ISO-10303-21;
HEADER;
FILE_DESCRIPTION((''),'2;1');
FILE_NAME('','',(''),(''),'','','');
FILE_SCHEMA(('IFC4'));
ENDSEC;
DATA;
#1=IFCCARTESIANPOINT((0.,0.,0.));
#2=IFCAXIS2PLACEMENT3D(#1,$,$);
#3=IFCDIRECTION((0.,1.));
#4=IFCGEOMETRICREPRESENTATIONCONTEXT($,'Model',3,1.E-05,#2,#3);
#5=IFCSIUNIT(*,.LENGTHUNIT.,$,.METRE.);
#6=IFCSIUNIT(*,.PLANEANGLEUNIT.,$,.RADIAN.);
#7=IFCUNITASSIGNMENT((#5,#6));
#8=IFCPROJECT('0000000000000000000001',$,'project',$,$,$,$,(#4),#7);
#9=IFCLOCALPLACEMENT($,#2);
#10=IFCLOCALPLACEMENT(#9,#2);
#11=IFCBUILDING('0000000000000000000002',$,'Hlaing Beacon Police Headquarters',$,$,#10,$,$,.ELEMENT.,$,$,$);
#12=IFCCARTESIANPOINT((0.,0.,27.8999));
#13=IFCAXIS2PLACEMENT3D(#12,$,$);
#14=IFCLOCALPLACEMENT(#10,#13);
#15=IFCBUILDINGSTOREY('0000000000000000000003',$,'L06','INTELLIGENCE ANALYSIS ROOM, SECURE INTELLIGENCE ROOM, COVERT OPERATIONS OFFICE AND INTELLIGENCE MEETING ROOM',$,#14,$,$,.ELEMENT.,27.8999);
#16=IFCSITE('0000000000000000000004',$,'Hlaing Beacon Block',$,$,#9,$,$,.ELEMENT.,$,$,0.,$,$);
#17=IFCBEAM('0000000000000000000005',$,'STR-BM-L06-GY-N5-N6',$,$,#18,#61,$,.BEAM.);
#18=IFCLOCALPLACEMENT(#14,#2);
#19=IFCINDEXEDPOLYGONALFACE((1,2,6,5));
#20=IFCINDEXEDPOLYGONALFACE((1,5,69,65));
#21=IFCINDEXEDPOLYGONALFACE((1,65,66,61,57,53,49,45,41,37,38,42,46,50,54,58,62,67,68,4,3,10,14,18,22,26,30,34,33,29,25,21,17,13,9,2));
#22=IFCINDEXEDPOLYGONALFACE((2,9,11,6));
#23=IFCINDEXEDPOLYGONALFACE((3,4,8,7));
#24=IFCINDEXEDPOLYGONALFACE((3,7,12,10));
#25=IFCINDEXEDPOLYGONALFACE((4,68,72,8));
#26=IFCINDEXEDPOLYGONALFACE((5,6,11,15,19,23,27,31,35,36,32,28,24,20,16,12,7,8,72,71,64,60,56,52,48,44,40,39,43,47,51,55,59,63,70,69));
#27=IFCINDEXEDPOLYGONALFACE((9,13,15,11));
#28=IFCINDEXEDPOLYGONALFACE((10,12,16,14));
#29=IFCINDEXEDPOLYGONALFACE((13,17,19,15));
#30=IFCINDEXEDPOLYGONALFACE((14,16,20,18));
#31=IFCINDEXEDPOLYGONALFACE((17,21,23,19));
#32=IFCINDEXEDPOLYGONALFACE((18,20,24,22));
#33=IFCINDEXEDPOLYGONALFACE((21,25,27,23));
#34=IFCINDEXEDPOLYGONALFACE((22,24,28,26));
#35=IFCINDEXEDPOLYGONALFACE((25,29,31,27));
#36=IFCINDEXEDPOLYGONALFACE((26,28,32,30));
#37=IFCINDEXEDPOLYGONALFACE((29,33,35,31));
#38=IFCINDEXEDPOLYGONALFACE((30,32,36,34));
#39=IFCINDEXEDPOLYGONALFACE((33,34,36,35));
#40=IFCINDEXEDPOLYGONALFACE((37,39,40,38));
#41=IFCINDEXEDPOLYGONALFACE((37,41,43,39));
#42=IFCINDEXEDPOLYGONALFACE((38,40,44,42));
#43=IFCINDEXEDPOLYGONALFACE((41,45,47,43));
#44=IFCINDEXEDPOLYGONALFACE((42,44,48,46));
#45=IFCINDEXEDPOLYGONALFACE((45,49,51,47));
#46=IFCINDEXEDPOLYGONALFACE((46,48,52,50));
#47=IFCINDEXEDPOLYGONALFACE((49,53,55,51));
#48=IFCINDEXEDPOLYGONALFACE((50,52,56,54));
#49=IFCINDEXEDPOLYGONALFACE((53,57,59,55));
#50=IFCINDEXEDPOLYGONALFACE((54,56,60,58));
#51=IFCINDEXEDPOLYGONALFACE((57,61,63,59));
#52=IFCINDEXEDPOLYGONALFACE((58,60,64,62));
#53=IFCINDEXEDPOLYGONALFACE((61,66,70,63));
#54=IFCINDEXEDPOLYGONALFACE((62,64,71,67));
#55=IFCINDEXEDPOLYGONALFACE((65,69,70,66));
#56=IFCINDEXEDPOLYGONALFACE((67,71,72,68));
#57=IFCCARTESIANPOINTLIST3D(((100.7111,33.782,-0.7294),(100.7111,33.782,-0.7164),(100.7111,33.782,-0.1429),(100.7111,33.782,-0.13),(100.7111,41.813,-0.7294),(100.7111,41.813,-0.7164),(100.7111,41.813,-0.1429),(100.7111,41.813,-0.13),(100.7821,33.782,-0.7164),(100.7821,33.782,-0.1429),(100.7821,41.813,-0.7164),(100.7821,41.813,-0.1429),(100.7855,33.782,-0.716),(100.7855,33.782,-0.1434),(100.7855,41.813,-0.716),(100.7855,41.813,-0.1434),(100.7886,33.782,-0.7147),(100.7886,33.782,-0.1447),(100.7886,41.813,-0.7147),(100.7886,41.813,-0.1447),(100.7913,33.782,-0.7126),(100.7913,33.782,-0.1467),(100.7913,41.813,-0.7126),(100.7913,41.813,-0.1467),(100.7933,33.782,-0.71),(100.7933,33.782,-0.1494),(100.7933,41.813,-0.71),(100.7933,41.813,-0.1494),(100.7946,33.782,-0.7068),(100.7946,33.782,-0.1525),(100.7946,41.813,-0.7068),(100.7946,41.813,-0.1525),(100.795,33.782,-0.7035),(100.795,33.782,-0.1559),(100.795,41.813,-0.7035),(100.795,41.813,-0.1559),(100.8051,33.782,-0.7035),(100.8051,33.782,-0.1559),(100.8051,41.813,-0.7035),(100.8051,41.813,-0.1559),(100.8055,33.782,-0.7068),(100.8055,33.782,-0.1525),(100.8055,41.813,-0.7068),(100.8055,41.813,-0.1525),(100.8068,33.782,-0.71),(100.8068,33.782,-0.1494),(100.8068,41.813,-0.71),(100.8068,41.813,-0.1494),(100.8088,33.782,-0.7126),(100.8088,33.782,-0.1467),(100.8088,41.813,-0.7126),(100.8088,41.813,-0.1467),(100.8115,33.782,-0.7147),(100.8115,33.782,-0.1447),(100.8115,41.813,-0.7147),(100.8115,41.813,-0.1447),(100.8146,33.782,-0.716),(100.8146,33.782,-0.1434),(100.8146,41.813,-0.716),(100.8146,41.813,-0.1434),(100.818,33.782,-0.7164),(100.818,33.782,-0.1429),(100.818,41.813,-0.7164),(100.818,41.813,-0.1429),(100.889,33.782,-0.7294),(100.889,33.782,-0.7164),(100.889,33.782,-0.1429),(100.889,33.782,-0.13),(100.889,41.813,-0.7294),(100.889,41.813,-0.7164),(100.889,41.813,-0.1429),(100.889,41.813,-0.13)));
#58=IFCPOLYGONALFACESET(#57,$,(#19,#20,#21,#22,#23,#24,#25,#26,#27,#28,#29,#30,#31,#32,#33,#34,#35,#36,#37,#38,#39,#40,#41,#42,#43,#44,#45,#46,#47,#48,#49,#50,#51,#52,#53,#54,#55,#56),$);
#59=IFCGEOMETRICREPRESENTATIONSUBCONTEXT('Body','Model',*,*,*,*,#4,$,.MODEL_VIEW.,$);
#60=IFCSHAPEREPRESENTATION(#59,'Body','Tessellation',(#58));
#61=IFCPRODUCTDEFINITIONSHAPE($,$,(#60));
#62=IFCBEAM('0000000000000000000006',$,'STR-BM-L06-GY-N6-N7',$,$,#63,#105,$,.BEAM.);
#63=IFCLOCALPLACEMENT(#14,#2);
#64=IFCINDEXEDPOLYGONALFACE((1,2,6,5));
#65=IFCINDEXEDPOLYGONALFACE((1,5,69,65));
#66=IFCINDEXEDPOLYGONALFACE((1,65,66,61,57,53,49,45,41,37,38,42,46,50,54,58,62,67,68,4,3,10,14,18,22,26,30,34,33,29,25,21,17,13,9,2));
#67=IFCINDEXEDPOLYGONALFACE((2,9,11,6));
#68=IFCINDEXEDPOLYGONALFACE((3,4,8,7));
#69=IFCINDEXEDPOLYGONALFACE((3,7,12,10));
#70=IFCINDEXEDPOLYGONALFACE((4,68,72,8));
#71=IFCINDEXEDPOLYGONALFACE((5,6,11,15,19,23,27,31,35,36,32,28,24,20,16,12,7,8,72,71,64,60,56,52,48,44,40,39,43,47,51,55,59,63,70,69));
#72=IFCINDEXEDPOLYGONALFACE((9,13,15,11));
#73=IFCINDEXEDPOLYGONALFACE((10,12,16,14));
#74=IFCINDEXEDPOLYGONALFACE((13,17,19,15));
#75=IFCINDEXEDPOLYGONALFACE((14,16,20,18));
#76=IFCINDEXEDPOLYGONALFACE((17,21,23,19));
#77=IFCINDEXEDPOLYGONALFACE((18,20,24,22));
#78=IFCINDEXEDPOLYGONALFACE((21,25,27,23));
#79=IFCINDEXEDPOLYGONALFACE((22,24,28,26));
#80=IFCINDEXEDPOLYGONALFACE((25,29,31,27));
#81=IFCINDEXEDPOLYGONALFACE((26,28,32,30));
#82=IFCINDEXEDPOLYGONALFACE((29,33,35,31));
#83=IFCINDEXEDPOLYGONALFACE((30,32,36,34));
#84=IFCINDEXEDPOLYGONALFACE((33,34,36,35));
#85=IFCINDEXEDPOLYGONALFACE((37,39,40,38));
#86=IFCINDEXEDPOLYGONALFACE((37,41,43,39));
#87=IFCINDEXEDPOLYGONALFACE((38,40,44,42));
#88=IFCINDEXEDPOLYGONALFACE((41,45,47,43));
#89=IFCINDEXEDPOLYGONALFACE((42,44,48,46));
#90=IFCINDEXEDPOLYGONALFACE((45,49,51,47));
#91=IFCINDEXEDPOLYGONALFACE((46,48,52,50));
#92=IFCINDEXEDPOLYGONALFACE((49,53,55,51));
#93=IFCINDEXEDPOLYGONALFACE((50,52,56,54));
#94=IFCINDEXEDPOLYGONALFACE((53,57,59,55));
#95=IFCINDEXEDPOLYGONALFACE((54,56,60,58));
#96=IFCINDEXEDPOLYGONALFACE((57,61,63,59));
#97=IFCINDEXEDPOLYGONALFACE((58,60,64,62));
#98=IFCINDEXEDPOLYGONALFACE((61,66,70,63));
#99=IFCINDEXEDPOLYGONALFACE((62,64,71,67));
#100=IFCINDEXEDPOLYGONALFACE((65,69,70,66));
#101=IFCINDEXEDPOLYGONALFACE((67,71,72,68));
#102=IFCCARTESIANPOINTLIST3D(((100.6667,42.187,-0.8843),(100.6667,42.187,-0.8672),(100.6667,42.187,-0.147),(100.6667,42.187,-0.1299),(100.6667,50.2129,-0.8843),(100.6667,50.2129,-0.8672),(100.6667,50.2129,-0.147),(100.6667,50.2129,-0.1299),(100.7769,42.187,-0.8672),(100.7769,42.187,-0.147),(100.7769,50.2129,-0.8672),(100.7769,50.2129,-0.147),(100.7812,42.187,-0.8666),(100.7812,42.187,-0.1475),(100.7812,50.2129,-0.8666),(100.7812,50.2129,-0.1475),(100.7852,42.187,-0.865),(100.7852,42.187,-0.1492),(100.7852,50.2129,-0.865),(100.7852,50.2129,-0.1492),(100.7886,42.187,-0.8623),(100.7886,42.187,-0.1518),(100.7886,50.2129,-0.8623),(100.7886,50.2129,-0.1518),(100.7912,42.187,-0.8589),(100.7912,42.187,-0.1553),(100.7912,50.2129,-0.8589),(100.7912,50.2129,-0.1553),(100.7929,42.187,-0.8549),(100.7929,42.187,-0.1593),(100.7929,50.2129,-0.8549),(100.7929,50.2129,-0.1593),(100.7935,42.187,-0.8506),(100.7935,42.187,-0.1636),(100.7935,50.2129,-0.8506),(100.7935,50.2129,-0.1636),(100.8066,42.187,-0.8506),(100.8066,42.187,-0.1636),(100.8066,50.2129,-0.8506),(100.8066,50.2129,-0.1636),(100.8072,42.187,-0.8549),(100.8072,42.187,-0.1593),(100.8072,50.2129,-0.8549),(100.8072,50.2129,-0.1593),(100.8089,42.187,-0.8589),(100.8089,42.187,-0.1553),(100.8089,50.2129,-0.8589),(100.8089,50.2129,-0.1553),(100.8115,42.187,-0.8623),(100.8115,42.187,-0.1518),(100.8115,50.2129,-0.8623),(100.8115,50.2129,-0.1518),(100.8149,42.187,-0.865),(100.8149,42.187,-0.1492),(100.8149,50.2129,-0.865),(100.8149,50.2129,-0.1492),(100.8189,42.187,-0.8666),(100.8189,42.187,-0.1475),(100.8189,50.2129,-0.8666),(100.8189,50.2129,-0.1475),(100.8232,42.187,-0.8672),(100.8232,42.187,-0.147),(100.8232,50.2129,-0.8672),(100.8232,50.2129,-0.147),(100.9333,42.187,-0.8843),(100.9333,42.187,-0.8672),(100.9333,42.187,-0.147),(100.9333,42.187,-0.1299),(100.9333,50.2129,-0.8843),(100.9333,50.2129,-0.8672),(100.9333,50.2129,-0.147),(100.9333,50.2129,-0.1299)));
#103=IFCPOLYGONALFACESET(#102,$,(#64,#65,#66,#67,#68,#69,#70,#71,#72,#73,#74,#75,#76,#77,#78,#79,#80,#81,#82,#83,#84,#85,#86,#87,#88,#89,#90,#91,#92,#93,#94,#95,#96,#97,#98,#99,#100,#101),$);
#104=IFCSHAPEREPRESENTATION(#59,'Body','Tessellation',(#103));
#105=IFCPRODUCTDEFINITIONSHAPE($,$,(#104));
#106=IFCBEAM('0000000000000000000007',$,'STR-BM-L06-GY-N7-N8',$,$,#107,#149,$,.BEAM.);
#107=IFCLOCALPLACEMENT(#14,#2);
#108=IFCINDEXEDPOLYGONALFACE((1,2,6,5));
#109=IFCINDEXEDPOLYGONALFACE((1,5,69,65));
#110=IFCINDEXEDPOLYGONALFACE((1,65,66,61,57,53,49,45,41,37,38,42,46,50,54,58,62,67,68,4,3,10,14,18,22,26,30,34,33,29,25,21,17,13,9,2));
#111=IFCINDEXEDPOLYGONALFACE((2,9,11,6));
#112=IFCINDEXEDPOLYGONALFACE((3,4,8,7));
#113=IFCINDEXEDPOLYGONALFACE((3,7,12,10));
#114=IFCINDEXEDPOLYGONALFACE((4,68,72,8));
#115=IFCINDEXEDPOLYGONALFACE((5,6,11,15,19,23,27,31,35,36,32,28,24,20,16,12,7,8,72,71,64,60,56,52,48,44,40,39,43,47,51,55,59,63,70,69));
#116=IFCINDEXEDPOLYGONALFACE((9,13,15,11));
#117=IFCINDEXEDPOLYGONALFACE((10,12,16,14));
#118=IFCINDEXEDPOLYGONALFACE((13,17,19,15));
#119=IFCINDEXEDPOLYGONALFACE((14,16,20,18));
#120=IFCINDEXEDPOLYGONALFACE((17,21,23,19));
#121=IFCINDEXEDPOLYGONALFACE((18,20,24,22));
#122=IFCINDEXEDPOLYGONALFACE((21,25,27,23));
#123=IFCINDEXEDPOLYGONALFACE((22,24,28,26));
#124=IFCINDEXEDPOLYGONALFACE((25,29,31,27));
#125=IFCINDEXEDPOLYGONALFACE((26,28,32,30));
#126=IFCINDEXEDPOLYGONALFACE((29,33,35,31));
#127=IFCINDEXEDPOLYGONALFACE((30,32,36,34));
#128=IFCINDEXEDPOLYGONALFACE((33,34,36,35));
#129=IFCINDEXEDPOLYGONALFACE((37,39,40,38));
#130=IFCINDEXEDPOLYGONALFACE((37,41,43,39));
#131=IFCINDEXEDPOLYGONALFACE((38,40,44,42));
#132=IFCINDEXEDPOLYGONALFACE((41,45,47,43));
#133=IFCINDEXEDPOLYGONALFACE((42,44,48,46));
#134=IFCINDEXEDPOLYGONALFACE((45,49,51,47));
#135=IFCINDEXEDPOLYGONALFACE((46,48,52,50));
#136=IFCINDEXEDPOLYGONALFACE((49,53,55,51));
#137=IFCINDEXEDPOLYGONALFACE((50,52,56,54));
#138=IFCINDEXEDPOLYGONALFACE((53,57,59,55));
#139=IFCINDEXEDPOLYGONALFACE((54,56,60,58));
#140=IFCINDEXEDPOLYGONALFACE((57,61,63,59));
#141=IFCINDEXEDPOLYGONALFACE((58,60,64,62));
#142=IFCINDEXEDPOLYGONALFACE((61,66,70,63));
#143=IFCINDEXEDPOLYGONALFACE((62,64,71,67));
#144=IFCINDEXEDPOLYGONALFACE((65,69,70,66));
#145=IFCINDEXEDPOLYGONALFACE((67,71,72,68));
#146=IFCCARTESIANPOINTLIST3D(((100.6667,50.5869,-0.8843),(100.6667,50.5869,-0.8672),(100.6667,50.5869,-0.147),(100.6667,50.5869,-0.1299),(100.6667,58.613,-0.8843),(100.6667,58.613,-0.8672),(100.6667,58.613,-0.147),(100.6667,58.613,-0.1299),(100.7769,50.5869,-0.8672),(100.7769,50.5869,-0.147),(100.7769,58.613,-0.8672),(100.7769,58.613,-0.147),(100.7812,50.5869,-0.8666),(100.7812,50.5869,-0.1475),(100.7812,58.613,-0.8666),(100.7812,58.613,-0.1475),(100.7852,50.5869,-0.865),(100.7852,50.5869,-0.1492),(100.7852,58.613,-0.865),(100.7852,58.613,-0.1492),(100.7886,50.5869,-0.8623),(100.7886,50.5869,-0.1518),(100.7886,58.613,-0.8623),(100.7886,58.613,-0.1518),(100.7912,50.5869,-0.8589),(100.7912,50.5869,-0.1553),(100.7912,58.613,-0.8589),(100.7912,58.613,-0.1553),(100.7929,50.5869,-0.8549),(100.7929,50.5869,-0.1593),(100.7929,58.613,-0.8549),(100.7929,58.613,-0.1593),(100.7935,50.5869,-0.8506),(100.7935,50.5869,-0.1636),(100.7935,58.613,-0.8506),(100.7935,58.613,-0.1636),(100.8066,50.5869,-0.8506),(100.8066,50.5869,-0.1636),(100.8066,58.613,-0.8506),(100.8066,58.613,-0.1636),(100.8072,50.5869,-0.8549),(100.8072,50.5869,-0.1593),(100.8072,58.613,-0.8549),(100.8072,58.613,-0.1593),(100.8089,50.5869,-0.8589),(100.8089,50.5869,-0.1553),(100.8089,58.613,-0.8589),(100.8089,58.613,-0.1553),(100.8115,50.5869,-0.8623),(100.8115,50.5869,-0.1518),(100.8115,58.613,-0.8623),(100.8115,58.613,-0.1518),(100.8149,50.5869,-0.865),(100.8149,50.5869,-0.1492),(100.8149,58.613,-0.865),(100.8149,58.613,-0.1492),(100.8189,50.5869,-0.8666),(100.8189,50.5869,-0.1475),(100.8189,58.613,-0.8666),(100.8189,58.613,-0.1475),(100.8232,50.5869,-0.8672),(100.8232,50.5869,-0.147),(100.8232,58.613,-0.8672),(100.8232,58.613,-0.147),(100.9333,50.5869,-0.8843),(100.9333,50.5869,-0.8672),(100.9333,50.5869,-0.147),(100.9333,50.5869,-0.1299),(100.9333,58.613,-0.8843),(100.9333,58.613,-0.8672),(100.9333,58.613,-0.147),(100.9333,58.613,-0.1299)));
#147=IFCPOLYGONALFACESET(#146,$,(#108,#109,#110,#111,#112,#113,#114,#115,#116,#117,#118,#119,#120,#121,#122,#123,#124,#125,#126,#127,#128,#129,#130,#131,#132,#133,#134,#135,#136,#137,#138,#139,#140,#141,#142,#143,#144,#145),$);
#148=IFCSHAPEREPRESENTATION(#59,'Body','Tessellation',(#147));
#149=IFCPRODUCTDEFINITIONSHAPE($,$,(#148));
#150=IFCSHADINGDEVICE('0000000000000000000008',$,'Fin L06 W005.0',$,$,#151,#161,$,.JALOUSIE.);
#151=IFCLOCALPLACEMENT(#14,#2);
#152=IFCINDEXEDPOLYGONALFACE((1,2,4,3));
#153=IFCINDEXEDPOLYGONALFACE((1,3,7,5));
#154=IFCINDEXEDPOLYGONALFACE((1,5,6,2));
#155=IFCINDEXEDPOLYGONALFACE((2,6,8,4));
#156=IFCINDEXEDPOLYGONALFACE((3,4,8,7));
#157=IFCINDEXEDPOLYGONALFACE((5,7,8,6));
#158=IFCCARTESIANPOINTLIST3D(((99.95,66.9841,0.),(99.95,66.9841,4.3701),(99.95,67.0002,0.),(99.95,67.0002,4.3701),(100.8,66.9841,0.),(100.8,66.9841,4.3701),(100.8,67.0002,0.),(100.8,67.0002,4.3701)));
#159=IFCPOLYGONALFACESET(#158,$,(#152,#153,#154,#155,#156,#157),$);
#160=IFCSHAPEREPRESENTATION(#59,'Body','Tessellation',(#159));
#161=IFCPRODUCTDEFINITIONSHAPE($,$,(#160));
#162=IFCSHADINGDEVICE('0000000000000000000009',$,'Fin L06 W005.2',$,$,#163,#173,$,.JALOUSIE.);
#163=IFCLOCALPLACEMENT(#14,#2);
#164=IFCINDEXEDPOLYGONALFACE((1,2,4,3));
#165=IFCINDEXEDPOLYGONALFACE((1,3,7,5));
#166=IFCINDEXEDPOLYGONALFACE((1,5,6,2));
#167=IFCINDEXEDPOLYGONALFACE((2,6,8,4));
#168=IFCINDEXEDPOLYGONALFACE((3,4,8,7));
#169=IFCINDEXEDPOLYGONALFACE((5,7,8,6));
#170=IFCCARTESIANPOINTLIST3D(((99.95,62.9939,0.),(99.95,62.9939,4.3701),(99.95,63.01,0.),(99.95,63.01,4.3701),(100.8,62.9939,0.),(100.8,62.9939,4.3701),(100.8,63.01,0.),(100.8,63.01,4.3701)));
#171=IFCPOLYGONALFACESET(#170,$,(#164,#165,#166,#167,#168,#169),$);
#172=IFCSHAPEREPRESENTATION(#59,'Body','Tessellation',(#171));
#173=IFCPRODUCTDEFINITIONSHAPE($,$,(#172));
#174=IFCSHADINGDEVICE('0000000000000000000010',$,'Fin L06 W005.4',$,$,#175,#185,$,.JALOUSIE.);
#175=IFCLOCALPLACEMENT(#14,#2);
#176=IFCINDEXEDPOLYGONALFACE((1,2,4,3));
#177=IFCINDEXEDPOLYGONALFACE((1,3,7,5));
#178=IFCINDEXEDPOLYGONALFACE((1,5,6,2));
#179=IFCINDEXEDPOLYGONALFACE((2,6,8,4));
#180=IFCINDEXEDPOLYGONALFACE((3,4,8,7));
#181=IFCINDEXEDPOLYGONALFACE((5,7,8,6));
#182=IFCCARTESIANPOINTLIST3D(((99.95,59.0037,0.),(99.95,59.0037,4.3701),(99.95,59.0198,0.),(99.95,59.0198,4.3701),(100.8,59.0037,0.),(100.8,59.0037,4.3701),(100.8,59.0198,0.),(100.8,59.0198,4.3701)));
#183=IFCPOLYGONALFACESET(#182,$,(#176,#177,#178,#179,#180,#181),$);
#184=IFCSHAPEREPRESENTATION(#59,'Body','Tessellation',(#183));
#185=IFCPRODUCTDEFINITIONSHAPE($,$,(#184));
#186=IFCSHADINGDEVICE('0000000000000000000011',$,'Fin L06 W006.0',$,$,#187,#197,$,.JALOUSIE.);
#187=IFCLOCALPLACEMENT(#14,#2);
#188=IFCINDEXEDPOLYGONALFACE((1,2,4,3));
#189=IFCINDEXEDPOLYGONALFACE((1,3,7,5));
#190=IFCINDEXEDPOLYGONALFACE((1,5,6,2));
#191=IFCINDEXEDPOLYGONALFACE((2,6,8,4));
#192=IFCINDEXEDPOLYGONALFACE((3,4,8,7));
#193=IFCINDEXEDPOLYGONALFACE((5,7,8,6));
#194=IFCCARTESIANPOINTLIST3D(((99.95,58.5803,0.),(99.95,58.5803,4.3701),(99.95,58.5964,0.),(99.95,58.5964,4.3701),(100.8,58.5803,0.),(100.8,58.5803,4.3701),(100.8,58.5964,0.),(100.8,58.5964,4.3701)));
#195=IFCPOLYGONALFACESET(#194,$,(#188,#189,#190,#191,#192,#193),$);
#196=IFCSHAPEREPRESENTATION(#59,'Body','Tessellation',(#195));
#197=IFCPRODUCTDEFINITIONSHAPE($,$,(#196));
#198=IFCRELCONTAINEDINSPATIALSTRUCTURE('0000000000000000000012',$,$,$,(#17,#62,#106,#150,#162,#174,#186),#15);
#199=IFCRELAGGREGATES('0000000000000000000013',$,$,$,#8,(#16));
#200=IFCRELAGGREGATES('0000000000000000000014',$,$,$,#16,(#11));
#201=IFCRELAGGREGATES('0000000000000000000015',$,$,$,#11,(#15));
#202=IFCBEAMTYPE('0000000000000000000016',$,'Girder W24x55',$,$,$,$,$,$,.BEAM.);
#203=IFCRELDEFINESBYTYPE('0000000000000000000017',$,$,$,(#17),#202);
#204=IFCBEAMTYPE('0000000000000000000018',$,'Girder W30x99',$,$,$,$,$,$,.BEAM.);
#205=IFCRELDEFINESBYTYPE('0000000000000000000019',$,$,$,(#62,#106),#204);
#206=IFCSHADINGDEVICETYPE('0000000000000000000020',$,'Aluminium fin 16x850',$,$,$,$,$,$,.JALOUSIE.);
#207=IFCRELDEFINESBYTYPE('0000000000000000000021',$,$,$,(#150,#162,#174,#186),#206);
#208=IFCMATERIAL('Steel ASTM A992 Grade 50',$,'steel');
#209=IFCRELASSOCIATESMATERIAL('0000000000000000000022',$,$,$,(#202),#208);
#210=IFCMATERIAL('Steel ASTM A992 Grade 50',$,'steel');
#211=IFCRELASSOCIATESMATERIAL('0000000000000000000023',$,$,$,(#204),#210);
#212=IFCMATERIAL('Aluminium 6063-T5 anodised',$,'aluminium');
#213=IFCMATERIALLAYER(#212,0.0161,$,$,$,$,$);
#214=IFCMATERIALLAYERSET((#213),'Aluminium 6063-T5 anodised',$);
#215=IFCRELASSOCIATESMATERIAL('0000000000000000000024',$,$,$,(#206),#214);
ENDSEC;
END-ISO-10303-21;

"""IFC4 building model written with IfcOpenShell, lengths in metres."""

from ifc_helpers import new_model, si_unit, direction, frame, origin, origin_2d, place, context, subcontext, project, spatial, rectangle, i_section, extrude, material, layer, layer_set, material_profile, profile_set, type_object, element, save


model = new_model("IFC4")

# Units and contexts
model_context = context("Model", 3, precision=1e-05, world=origin(), true_north=direction((0.0, 1.0)))
body_context = subcontext(model_context, "Body", "Model", "MODEL_VIEW")
ifc_project = project(units=[si_unit("LENGTHUNIT", "METRE"), si_unit("PLANEANGLEUNIT", "RADIAN")], contexts=[model_context])

# Site, building, storey
site_placement = place(None, origin())
site = spatial("IfcSite", under=ifc_project, at=site_placement, Name="Hlaing Beacon Block", CompositionType="ELEMENT", RefElevation=0.0)
building_placement = place(site_placement, origin())
building = spatial("IfcBuilding", under=site, at=building_placement, Name="Hlaing Beacon Police Headquarters", CompositionType="ELEMENT")
storey_placement = place(building_placement, frame((0.0, 0.0, 27.8999)))
storey = spatial("IfcBuildingStorey", under=building, at=storey_placement, Name="L06", Description="INTELLIGENCE ANALYSIS ROOM, SECURE INTELLIGENCE ROOM, COVERT OPERATIONS OFFICE AND INTELLIGENCE MEETING ROOM", CompositionType="ELEMENT", Elevation=27.8999)

# Beams
ifc_material_1 = material(Name="Steel ASTM A992 Grade 50", Category="steel")
ifc_material_profile_1 = material_profile(ifc_material_1, i_section(OverallWidth=0.178, OverallDepth=0.5994, WebThickness=0.01, FlangeThickness=0.0129, FilletRadius=0.0129, at=origin_2d()), Name="W24x55")
ifc_profile_set_1 = profile_set([ifc_material_profile_1], Name="Steel ASTM A992 Grade 50")
beam_type_1 = type_object("IfcBeamType", Name="Girder W24x55", PredefinedType="BEAM", material=ifc_profile_set_1)
beam_1_placement = place(storey_placement, frame((100.8, 33.782, -0.4297), z_axis=(0.0, 1.0, 0.0), x_axis=(-1.0, 0.0, 0.0)))
element("IfcBeam", 1, at=beam_1_placement, inside=storey, type_object=beam_type_1, Name="STR-BM-L06-GY-N5-N6", PredefinedType="BEAM", context=body_context, shape_type="SweptSolid", body=[
    extrude(i_section(OverallWidth=0.178, OverallDepth=0.5994, WebThickness=0.01, FlangeThickness=0.0129, FilletRadius=0.0129, at=origin_2d()), origin(), (0.0, 0.0, 1.0), 8.031),
])
ifc_material_2 = material(Name="Steel ASTM A992 Grade 50", Category="steel")
ifc_material_profile_2 = material_profile(ifc_material_2, i_section(OverallWidth=0.2666, OverallDepth=0.7544, WebThickness=0.0132, FlangeThickness=0.0171, FilletRadius=0.0166, at=origin_2d()), Name="W30x99")
ifc_profile_set_2 = profile_set([ifc_material_profile_2], Name="Steel ASTM A992 Grade 50")
beam_type_2 = type_object("IfcBeamType", Name="Girder W30x99", PredefinedType="BEAM", material=ifc_profile_set_2)
beam_2_placement = place(storey_placement, frame((100.8, 42.187, -0.5071), z_axis=(0.0, 1.0, 0.0), x_axis=(-1.0, 0.0, 0.0)))
element("IfcBeam", 2, at=beam_2_placement, inside=storey, type_object=beam_type_2, Name="STR-BM-L06-GY-N6-N7", PredefinedType="BEAM", context=body_context, shape_type="SweptSolid", body=[
    extrude(i_section(OverallWidth=0.2666, OverallDepth=0.7544, WebThickness=0.0132, FlangeThickness=0.0171, FilletRadius=0.0166, at=origin_2d()), origin(), (0.0, 0.0, 1.0), 8.0259),
])
beam_3_placement = place(storey_placement, frame((100.8, 50.5869, -0.5071), z_axis=(0.0, 1.0, 0.0), x_axis=(-1.0, 0.0, 0.0)))
element("IfcBeam", 3, at=beam_3_placement, inside=storey, type_object=beam_type_2, Name="STR-BM-L06-GY-N7-N8", PredefinedType="BEAM", context=body_context, shape_type="SweptSolid", body=[
    extrude(i_section(OverallWidth=0.2666, OverallDepth=0.7544, WebThickness=0.0132, FlangeThickness=0.0171, FilletRadius=0.0166, at=origin_2d()), origin(), (0.0, 0.0, 1.0), 8.0261),
])

# Shading devices
ifc_material_3 = material(Name="Aluminium 6063-T5 anodised", Category="aluminium")
ifc_layer = layer(ifc_material_3, 0.0161)
ifc_layer_set = layer_set([ifc_layer], Name="Aluminium 6063-T5 anodised")
shading_device_type = type_object("IfcShadingDeviceType", Name="Aluminium fin 16x850", PredefinedType="JALOUSIE", material=ifc_layer_set)
for number, where, z_axis, x_axis, name in (
    (4, (100.375, 66.9922, 0.0), (0.0, 0.0, 1.0), (0.0, -1.0, 0.0), "Fin L06 W005.0"),
    (5, (100.375, 63.002, 0.0), (0.0, 0.0, 1.0), (0.0, -1.0, 0.0), "Fin L06 W005.2"),
    (6, (100.375, 59.0117, 0.0), (0.0, 0.0, 1.0), (0.0, -1.0, 0.0), "Fin L06 W005.4"),
    (7, (100.375, 58.5884, 0.0), (0.0, 0.0, 1.0), (0.0, -1.0, 0.0), "Fin L06 W006.0"),
):
    element("IfcShadingDevice", number, at=place(storey_placement, frame(where, z_axis=z_axis, x_axis=x_axis)), inside=storey, type_object=shading_device_type, Name=name, PredefinedType="JALOUSIE", context=body_context, shape_type="SweptSolid", body=[
        extrude(rectangle(XDim=0.0161, YDim=0.8501, at=origin_2d()), origin(), (0.0, 0.0, 1.0), 4.3701),
    ])

save(model, "model.ifc")
